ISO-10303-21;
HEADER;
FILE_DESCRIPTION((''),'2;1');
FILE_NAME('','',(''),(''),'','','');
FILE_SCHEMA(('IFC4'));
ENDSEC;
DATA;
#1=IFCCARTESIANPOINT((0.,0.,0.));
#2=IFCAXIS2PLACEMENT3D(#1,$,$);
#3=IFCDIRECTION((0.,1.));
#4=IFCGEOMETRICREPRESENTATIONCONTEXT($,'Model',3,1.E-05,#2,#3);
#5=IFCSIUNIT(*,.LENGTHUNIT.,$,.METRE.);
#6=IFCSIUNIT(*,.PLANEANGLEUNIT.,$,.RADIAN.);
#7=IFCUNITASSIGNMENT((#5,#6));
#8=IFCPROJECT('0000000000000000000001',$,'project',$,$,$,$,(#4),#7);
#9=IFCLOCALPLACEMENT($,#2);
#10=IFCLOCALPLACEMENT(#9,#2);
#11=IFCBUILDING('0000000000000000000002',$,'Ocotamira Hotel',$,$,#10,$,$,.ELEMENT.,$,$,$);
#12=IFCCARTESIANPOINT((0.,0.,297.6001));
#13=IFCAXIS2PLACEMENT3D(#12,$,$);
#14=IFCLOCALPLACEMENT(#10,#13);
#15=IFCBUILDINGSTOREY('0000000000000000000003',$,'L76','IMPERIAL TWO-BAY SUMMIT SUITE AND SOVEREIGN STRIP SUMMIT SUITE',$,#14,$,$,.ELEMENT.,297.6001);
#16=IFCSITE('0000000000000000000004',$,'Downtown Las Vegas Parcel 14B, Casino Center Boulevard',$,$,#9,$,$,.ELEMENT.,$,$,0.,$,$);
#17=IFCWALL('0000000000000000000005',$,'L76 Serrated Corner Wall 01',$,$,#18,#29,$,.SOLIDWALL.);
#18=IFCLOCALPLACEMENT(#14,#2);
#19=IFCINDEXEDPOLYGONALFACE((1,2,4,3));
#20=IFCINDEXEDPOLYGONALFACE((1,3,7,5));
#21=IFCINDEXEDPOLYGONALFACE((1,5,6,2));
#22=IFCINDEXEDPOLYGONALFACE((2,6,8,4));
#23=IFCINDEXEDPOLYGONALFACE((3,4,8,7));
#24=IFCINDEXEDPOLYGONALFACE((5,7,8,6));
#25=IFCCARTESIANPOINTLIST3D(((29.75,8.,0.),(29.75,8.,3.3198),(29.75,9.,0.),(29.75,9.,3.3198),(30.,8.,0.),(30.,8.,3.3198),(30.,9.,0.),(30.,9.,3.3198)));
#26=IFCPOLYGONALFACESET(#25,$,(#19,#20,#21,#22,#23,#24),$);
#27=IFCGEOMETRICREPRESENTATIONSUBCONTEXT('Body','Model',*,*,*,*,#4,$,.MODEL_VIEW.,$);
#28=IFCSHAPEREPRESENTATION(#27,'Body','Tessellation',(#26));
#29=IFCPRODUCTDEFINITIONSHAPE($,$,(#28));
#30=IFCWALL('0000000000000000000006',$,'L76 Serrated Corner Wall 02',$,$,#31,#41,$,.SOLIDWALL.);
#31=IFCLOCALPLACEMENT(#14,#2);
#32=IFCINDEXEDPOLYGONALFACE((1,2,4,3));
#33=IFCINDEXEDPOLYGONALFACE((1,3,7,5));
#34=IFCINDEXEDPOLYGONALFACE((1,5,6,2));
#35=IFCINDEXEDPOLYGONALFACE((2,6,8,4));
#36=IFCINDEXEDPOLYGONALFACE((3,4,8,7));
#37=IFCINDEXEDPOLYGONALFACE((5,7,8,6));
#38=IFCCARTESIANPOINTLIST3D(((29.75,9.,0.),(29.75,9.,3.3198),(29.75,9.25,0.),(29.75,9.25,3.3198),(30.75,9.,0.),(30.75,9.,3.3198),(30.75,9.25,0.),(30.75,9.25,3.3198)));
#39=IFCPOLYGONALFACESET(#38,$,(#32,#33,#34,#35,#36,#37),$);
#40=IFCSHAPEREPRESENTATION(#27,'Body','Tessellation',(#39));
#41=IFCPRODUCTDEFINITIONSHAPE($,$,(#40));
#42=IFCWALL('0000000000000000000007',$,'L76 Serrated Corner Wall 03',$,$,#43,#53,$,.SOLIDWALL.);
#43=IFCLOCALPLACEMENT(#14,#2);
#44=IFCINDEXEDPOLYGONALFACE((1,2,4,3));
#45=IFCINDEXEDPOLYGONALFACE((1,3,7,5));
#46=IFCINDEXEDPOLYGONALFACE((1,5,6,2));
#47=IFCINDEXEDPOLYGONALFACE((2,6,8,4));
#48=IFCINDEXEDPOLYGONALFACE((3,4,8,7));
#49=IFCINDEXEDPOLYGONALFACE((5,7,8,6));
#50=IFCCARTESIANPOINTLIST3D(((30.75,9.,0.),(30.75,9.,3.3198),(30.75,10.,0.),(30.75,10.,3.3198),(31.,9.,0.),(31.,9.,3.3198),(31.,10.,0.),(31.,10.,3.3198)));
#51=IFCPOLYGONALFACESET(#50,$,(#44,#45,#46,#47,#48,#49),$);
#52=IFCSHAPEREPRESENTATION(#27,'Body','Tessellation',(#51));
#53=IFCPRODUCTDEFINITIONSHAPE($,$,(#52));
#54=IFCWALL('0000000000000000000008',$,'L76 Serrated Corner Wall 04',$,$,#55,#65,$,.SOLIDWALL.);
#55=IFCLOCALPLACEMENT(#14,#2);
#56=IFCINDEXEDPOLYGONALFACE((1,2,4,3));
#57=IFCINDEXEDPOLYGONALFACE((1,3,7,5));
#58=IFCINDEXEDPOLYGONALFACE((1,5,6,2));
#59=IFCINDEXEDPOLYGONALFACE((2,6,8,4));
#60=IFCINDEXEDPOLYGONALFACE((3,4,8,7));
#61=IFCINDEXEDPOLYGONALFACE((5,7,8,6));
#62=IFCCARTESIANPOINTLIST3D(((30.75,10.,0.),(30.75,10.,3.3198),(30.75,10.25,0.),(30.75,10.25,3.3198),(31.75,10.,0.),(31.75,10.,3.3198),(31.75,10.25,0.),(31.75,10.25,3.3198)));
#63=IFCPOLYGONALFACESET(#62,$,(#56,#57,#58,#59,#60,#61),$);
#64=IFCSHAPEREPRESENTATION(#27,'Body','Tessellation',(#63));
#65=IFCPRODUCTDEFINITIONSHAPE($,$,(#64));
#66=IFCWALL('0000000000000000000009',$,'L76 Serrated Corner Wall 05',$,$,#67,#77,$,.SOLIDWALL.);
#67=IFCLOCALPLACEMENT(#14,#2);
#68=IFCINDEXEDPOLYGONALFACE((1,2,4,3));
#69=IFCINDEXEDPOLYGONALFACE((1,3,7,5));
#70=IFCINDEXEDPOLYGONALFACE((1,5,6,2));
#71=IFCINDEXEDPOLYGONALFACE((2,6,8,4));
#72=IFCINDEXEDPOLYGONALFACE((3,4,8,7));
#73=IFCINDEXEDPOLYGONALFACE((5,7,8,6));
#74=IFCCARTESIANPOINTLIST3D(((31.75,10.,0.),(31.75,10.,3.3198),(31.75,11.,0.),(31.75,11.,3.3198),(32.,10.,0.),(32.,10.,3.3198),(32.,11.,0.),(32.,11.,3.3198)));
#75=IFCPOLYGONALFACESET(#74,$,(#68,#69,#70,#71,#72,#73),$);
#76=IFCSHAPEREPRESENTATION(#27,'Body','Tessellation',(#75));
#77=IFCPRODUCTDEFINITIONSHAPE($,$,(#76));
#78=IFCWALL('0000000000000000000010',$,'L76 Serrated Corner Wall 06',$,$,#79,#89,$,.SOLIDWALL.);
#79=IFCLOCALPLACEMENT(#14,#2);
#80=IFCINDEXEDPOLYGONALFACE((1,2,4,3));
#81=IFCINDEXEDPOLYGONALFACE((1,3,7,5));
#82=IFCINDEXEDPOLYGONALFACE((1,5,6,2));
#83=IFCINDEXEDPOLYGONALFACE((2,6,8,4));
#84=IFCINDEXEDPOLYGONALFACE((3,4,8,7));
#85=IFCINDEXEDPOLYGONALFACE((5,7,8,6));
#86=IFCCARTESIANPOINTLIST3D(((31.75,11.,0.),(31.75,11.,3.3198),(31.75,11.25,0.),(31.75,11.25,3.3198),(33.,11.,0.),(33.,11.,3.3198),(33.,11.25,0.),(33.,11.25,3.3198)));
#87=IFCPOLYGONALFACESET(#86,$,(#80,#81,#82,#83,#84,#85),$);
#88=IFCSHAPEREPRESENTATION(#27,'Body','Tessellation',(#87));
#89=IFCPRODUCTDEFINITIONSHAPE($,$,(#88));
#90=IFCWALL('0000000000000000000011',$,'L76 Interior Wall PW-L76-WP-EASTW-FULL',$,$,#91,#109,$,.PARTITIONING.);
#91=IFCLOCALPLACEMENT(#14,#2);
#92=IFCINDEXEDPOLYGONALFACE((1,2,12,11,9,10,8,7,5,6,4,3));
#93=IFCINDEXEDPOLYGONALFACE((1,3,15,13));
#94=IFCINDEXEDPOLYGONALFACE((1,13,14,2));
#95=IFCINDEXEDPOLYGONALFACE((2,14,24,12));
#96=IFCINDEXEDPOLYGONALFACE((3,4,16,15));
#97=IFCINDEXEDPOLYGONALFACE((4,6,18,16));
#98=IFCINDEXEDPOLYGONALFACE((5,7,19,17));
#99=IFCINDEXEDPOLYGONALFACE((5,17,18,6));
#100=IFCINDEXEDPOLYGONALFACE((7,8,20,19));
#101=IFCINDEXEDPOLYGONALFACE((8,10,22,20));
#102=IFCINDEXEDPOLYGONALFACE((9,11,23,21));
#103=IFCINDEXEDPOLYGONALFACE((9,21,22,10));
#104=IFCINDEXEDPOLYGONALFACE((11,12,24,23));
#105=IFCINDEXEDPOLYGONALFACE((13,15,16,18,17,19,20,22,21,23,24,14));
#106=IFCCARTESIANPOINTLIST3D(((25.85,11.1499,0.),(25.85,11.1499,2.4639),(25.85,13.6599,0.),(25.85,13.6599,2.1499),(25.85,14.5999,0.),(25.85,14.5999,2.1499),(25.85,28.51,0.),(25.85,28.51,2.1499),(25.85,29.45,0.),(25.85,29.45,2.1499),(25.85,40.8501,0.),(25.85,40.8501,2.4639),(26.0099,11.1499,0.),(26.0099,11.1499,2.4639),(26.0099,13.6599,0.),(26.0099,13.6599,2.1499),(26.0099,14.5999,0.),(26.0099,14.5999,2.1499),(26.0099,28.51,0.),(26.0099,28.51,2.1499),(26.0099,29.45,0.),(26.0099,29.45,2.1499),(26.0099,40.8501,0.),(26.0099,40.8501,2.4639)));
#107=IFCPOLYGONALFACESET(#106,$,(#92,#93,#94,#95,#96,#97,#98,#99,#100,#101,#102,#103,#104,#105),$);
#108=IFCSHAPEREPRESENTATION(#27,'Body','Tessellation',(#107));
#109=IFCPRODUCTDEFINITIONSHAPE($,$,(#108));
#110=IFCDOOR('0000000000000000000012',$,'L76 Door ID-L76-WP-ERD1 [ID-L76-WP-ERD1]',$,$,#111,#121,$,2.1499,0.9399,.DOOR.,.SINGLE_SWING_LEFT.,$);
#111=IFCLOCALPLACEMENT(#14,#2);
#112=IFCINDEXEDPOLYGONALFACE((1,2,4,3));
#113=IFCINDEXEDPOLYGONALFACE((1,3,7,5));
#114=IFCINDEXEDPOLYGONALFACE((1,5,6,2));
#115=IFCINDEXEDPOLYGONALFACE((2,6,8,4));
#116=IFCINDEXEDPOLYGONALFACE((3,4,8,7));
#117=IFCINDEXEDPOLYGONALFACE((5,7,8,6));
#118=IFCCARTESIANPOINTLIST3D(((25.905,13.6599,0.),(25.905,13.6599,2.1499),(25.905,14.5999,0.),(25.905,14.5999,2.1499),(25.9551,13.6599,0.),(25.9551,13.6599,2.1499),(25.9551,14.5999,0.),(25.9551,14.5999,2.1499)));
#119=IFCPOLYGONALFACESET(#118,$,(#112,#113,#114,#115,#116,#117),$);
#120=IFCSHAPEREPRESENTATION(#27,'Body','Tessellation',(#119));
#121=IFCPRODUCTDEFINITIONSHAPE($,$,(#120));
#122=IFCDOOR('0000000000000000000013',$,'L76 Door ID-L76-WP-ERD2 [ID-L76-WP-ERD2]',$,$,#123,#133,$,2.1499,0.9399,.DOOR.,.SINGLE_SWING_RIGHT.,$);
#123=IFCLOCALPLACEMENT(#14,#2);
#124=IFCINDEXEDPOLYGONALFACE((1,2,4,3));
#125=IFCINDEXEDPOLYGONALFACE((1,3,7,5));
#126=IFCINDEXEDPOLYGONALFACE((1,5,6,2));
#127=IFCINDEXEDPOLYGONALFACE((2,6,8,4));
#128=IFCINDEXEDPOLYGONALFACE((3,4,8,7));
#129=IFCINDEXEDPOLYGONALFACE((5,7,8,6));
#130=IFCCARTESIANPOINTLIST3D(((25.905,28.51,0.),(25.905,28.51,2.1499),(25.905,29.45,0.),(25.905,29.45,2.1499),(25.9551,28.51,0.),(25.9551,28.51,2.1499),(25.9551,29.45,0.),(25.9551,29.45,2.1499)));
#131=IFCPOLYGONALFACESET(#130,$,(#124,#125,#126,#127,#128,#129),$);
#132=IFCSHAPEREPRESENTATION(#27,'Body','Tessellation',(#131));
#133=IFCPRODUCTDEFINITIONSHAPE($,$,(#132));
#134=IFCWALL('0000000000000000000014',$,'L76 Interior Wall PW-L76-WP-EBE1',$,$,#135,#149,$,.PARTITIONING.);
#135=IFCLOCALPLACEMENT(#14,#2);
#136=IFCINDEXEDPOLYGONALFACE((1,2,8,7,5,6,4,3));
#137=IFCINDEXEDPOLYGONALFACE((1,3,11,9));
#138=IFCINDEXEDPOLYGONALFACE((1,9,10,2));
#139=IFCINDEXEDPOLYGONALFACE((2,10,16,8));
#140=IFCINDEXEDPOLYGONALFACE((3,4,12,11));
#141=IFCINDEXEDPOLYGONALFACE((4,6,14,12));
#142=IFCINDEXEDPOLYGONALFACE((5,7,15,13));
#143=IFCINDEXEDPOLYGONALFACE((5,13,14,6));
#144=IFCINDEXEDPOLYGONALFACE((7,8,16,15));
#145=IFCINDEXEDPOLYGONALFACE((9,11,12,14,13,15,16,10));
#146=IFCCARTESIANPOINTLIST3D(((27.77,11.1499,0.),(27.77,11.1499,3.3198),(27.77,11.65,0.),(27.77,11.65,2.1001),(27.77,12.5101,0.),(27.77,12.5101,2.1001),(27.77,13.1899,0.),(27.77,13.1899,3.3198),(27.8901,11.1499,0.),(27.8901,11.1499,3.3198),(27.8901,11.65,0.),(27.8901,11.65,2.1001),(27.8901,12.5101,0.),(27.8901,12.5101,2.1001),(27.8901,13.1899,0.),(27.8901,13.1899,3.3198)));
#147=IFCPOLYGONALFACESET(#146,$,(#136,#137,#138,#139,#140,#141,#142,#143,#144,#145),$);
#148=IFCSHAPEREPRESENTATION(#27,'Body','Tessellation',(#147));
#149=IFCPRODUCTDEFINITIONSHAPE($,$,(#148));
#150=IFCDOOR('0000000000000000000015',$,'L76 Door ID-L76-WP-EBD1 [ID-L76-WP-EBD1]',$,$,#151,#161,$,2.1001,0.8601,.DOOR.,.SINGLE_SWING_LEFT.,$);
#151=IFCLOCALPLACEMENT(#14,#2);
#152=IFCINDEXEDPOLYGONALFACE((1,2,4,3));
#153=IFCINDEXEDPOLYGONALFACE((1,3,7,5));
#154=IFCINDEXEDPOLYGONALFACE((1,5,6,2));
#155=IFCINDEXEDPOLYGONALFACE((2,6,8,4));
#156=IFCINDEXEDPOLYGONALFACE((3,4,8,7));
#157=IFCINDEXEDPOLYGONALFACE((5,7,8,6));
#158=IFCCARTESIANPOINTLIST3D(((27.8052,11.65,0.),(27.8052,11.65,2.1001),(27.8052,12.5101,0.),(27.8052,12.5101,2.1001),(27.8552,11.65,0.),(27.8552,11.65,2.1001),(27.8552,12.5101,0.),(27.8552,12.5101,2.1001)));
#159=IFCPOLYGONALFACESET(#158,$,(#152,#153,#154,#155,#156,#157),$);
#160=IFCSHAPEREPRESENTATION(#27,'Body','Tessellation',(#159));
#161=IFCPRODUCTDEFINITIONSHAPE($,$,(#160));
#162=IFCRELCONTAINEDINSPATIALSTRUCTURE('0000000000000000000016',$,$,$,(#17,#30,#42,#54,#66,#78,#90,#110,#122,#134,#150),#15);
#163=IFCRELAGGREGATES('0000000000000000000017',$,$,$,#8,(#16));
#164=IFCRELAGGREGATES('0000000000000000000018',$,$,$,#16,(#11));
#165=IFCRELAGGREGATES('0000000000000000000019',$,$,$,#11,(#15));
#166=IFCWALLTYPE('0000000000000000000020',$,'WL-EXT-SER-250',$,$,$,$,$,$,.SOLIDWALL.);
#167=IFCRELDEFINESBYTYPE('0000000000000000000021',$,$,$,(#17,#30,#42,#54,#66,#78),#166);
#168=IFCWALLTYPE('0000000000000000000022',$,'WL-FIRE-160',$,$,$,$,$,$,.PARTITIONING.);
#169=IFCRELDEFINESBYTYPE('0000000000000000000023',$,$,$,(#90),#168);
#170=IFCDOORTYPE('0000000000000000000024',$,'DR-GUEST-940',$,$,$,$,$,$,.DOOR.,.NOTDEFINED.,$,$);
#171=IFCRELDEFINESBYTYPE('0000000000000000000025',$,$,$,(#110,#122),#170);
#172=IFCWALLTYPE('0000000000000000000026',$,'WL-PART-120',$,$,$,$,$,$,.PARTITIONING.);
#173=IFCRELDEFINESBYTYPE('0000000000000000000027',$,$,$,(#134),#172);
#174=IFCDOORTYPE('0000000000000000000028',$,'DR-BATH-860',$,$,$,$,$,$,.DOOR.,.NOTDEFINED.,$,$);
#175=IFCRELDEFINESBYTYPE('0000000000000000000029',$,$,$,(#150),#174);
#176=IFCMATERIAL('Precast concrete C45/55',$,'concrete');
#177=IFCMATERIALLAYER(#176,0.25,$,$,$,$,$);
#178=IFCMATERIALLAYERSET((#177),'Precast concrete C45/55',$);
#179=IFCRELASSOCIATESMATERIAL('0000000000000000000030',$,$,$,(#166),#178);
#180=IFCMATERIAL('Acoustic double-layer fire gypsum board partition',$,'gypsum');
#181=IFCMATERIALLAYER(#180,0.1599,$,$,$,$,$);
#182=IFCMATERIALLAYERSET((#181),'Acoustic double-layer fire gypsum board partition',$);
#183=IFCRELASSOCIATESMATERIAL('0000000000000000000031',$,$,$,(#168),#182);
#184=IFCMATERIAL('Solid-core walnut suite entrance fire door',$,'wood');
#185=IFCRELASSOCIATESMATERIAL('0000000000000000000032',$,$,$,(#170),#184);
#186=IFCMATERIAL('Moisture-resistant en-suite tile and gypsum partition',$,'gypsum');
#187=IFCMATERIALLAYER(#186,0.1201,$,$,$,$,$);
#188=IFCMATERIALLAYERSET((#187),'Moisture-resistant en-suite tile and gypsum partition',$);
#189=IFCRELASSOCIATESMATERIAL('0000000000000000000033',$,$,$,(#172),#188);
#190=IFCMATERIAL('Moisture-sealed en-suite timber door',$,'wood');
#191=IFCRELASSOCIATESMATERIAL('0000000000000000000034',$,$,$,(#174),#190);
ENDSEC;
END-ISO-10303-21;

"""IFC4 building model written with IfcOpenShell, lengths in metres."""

from ifc_helpers import new_model, si_unit, direction, frame, frame_2d, origin, place, context, subcontext, project, spatial, rectangle, extrude, source, transform, mapped, material, layer, layer_set, type_object, element, fill, save


model = new_model("IFC4")

# Units and contexts
model_context = context("Model", 3, precision=1e-05, world=origin(), true_north=direction((0.0, 1.0)))
body_context = subcontext(model_context, "Body", "Model", "MODEL_VIEW")
ifc_project = project(units=[si_unit("LENGTHUNIT", "METRE"), si_unit("PLANEANGLEUNIT", "RADIAN")], contexts=[model_context])

# Site, building, storey
site_placement = place(None, origin())
site = spatial("IfcSite", under=ifc_project, at=site_placement, Name="Downtown Las Vegas Parcel 14B, Casino Center Boulevard", CompositionType="ELEMENT", RefElevation=0.0)
building_placement = place(site_placement, origin())
building = spatial("IfcBuilding", under=site, at=building_placement, Name="Ocotamira Hotel", CompositionType="ELEMENT")
storey_placement = place(building_placement, frame((0.0, 0.0, 297.6001)))
storey = spatial("IfcBuildingStorey", under=building, at=storey_placement, Name="L76", Description="IMPERIAL TWO-BAY SUMMIT SUITE AND SOVEREIGN STRIP SUMMIT SUITE", CompositionType="ELEMENT", Elevation=297.6001)

# Walls
ifc_material_1 = material(Name="Precast concrete C45/55", Category="concrete")
ifc_layer_1 = layer(ifc_material_1, 0.25)
ifc_layer_set_1 = layer_set([ifc_layer_1], Name="Precast concrete C45/55")
wall_type_1 = type_object("IfcWallType", Name="WL-EXT-SER-250", PredefinedType="SOLIDWALL", material=ifc_layer_set_1)
for number, where, z_axis, x_axis, name in (
    (1, (29.875, 8.0, 0.0), (0.0, 0.0, 1.0), (0.0, 1.0, 0.0), "L76 Serrated Corner Wall 01"),
    (2, (29.75, 9.125, 0.0), (0.0, 0.0, 1.0), (1.0, 0.0, 0.0), "L76 Serrated Corner Wall 02"),
    (3, (30.875, 9.0, 0.0), (0.0, 0.0, 1.0), (0.0, 1.0, 0.0), "L76 Serrated Corner Wall 03"),
    (4, (30.75, 10.125, 0.0), (0.0, 0.0, 1.0), (1.0, 0.0, 0.0), "L76 Serrated Corner Wall 04"),
    (5, (31.875, 10.0, 0.0), (0.0, 0.0, 1.0), (0.0, 1.0, 0.0), "L76 Serrated Corner Wall 05"),
):
    element("IfcWall", number, at=place(storey_placement, frame(where, z_axis=z_axis, x_axis=x_axis)), inside=storey, type_object=wall_type_1, Name=name, PredefinedType="SOLIDWALL", context=body_context, shape_type="SweptSolid", body=[
        extrude(rectangle(XDim=1.0, YDim=0.25, at=frame_2d((0.5, 0.0))), origin(), (0.0, 0.0, 1.0), 3.3198),
    ])
wall_1_placement = place(storey_placement, frame((31.75, 11.125, 0.0), z_axis=(0.0, 0.0, 1.0), x_axis=(1.0, 0.0, 0.0)))
element("IfcWall", 6, at=wall_1_placement, inside=storey, type_object=wall_type_1, Name="L76 Serrated Corner Wall 06", PredefinedType="SOLIDWALL", context=body_context, shape_type="SweptSolid", body=[
    extrude(rectangle(XDim=1.25, YDim=0.25, at=frame_2d((0.625, 0.0))), origin(), (0.0, 0.0, 1.0), 3.3198),
])

# Wall, openings, doors
ifc_material_2 = material(Name="Acoustic double-layer fire gypsum board partition", Category="gypsum")
ifc_layer_2 = layer(ifc_material_2, 0.1599)
ifc_layer_set_2 = layer_set([ifc_layer_2], Name="Acoustic double-layer fire gypsum board partition")
wall_type_2 = type_object("IfcWallType", Name="WL-FIRE-160", PredefinedType="PARTITIONING", material=ifc_layer_set_2)
wall_2_placement = place(storey_placement, frame((25.9299, 11.1499, 0.0), z_axis=(0.0, 0.0, 1.0), x_axis=(0.0, 1.0, 0.0)))
wall_2 = element("IfcWall", 7, at=wall_2_placement, inside=storey, type_object=wall_type_2, Name="L76 Interior Wall PW-L76-WP-EASTW-FULL", PredefinedType="PARTITIONING", context=body_context, shape_type="SweptSolid", body=[
    extrude(rectangle(XDim=29.7002, YDim=0.1599, at=frame_2d((14.8501, 0.0))), origin(), (0.0, 0.0, 1.0), 2.4639),
])
opening_1_placement = place(wall_2_placement, frame((2.51, 0.0, 0.0)))
opening_1 = element("IfcOpeningElement", 8, at=opening_1_placement, cuts=wall_2, PredefinedType="OPENING", context=body_context, shape_type="SweptSolid", body=[
    extrude(rectangle(XDim=0.9399, YDim=2.1499, at=frame_2d((0.47, 1.075))), frame((0.0, 0.0898, 0.0), z_axis=(0.0, -1.0, 0.0), x_axis=(1.0, 0.0, 0.0)), (0.0, 0.0, 1.0), 0.1799),
])
opening_2_placement = place(wall_2_placement, frame((17.3601, 0.0, 0.0)))
opening_2 = element("IfcOpeningElement", 9, at=opening_2_placement, cuts=wall_2, PredefinedType="OPENING", context=body_context, shape_type="SweptSolid", body=[
    extrude(rectangle(XDim=0.9399, YDim=2.1499, at=frame_2d((0.47, 1.075))), frame((0.0, 0.0898, 0.0), z_axis=(0.0, -1.0, 0.0), x_axis=(1.0, 0.0, 0.0)), (0.0, 0.0, 1.0), 0.1799),
])
ifc_material_3 = material(Name="Solid-core walnut suite entrance fire door", Category="wood")
door_type_1 = type_object("IfcDoorType", Name="DR-GUEST-940", OperationType="NOTDEFINED", PredefinedType="DOOR", material=ifc_material_3)
shared_shape_1 = source(origin(), body_context, "Body", "SweptSolid", [
    extrude(rectangle(XDim=0.9399, YDim=2.1499, at=frame_2d((0.47, 1.075))), frame((0.0, 0.0249, 0.0), z_axis=(0.0, -1.0, 0.0), x_axis=(1.0, 0.0, 0.0)), (0.0, 0.0, 1.0), 0.05),
])
door_1_placement = place(opening_1_placement, origin())
door_1 = element("IfcDoor", 10, at=door_1_placement, inside=storey, type_object=door_type_1, Name="L76 Door ID-L76-WP-ERD1 [ID-L76-WP-ERD1]", OperationType="SINGLE_SWING_LEFT", OverallHeight=2.1499, OverallWidth=0.9399, PredefinedType="DOOR", context=body_context, shape_type="MappedRepresentation", body=[
    mapped(shared_shape_1, transform((0.0, 0.0, 0.0), scale=1.0)),
])
fill(opening_1, door_1)
door_2_placement = place(opening_2_placement, origin())
door_2 = element("IfcDoor", 11, at=door_2_placement, inside=storey, type_object=door_type_1, Name="L76 Door ID-L76-WP-ERD2 [ID-L76-WP-ERD2]", OperationType="SINGLE_SWING_RIGHT", OverallHeight=2.1499, OverallWidth=0.9399, PredefinedType="DOOR", context=body_context, shape_type="MappedRepresentation", body=[
    mapped(shared_shape_1, transform((0.0, 0.0, 0.0), scale=1.0)),
])
fill(opening_2, door_2)

# Wall, opening, door
ifc_material_4 = material(Name="Moisture-resistant en-suite tile and gypsum partition", Category="gypsum")
ifc_layer_3 = layer(ifc_material_4, 0.1201)
ifc_layer_set_3 = layer_set([ifc_layer_3], Name="Moisture-resistant en-suite tile and gypsum partition")
wall_type_3 = type_object("IfcWallType", Name="WL-PART-120", PredefinedType="PARTITIONING", material=ifc_layer_set_3)
wall_3_placement = place(storey_placement, frame((27.8301, 11.1499, 0.0), z_axis=(0.0, 0.0, 1.0), x_axis=(0.0, 1.0, 0.0)))
wall_3 = element("IfcWall", 12, at=wall_3_placement, inside=storey, type_object=wall_type_3, Name="L76 Interior Wall PW-L76-WP-EBE1", PredefinedType="PARTITIONING", context=body_context, shape_type="SweptSolid", body=[
    extrude(rectangle(XDim=2.04, YDim=0.1201, at=frame_2d((1.02, 0.0))), origin(), (0.0, 0.0, 1.0), 3.3198),
])
opening_3_placement = place(wall_3_placement, frame((0.5, 0.0, 0.0)))
opening_3 = element("IfcOpeningElement", 13, at=opening_3_placement, cuts=wall_3, PredefinedType="OPENING", context=body_context, shape_type="SweptSolid", body=[
    extrude(rectangle(XDim=0.8601, YDim=2.1001, at=frame_2d((0.4302, 1.05))), frame((0.0, 0.0701, 0.0), z_axis=(0.0, -1.0, 0.0), x_axis=(1.0, 0.0, 0.0)), (0.0, 0.0, 1.0), 0.1401),
])
ifc_material_5 = material(Name="Moisture-sealed en-suite timber door", Category="wood")
door_type_2 = type_object("IfcDoorType", Name="DR-BATH-860", OperationType="NOTDEFINED", PredefinedType="DOOR", material=ifc_material_5)
shared_shape_2 = source(origin(), body_context, "Body", "SweptSolid", [
    extrude(rectangle(XDim=0.8601, YDim=2.1001, at=frame_2d((0.4302, 1.05))), frame((0.0, 0.0249, 0.0), z_axis=(0.0, -1.0, 0.0), x_axis=(1.0, 0.0, 0.0)), (0.0, 0.0, 1.0), 0.05),
])
door_3_placement = place(opening_3_placement, origin())
door_3 = element("IfcDoor", 14, at=door_3_placement, inside=storey, type_object=door_type_2, Name="L76 Door ID-L76-WP-EBD1 [ID-L76-WP-EBD1]", OperationType="SINGLE_SWING_LEFT", OverallHeight=2.1001, OverallWidth=0.8601, PredefinedType="DOOR", context=body_context, shape_type="MappedRepresentation", body=[
    mapped(shared_shape_2, transform((0.0, 0.0, 0.0), scale=1.0)),
])
fill(opening_3, door_3)

save(model, "model.ifc")
